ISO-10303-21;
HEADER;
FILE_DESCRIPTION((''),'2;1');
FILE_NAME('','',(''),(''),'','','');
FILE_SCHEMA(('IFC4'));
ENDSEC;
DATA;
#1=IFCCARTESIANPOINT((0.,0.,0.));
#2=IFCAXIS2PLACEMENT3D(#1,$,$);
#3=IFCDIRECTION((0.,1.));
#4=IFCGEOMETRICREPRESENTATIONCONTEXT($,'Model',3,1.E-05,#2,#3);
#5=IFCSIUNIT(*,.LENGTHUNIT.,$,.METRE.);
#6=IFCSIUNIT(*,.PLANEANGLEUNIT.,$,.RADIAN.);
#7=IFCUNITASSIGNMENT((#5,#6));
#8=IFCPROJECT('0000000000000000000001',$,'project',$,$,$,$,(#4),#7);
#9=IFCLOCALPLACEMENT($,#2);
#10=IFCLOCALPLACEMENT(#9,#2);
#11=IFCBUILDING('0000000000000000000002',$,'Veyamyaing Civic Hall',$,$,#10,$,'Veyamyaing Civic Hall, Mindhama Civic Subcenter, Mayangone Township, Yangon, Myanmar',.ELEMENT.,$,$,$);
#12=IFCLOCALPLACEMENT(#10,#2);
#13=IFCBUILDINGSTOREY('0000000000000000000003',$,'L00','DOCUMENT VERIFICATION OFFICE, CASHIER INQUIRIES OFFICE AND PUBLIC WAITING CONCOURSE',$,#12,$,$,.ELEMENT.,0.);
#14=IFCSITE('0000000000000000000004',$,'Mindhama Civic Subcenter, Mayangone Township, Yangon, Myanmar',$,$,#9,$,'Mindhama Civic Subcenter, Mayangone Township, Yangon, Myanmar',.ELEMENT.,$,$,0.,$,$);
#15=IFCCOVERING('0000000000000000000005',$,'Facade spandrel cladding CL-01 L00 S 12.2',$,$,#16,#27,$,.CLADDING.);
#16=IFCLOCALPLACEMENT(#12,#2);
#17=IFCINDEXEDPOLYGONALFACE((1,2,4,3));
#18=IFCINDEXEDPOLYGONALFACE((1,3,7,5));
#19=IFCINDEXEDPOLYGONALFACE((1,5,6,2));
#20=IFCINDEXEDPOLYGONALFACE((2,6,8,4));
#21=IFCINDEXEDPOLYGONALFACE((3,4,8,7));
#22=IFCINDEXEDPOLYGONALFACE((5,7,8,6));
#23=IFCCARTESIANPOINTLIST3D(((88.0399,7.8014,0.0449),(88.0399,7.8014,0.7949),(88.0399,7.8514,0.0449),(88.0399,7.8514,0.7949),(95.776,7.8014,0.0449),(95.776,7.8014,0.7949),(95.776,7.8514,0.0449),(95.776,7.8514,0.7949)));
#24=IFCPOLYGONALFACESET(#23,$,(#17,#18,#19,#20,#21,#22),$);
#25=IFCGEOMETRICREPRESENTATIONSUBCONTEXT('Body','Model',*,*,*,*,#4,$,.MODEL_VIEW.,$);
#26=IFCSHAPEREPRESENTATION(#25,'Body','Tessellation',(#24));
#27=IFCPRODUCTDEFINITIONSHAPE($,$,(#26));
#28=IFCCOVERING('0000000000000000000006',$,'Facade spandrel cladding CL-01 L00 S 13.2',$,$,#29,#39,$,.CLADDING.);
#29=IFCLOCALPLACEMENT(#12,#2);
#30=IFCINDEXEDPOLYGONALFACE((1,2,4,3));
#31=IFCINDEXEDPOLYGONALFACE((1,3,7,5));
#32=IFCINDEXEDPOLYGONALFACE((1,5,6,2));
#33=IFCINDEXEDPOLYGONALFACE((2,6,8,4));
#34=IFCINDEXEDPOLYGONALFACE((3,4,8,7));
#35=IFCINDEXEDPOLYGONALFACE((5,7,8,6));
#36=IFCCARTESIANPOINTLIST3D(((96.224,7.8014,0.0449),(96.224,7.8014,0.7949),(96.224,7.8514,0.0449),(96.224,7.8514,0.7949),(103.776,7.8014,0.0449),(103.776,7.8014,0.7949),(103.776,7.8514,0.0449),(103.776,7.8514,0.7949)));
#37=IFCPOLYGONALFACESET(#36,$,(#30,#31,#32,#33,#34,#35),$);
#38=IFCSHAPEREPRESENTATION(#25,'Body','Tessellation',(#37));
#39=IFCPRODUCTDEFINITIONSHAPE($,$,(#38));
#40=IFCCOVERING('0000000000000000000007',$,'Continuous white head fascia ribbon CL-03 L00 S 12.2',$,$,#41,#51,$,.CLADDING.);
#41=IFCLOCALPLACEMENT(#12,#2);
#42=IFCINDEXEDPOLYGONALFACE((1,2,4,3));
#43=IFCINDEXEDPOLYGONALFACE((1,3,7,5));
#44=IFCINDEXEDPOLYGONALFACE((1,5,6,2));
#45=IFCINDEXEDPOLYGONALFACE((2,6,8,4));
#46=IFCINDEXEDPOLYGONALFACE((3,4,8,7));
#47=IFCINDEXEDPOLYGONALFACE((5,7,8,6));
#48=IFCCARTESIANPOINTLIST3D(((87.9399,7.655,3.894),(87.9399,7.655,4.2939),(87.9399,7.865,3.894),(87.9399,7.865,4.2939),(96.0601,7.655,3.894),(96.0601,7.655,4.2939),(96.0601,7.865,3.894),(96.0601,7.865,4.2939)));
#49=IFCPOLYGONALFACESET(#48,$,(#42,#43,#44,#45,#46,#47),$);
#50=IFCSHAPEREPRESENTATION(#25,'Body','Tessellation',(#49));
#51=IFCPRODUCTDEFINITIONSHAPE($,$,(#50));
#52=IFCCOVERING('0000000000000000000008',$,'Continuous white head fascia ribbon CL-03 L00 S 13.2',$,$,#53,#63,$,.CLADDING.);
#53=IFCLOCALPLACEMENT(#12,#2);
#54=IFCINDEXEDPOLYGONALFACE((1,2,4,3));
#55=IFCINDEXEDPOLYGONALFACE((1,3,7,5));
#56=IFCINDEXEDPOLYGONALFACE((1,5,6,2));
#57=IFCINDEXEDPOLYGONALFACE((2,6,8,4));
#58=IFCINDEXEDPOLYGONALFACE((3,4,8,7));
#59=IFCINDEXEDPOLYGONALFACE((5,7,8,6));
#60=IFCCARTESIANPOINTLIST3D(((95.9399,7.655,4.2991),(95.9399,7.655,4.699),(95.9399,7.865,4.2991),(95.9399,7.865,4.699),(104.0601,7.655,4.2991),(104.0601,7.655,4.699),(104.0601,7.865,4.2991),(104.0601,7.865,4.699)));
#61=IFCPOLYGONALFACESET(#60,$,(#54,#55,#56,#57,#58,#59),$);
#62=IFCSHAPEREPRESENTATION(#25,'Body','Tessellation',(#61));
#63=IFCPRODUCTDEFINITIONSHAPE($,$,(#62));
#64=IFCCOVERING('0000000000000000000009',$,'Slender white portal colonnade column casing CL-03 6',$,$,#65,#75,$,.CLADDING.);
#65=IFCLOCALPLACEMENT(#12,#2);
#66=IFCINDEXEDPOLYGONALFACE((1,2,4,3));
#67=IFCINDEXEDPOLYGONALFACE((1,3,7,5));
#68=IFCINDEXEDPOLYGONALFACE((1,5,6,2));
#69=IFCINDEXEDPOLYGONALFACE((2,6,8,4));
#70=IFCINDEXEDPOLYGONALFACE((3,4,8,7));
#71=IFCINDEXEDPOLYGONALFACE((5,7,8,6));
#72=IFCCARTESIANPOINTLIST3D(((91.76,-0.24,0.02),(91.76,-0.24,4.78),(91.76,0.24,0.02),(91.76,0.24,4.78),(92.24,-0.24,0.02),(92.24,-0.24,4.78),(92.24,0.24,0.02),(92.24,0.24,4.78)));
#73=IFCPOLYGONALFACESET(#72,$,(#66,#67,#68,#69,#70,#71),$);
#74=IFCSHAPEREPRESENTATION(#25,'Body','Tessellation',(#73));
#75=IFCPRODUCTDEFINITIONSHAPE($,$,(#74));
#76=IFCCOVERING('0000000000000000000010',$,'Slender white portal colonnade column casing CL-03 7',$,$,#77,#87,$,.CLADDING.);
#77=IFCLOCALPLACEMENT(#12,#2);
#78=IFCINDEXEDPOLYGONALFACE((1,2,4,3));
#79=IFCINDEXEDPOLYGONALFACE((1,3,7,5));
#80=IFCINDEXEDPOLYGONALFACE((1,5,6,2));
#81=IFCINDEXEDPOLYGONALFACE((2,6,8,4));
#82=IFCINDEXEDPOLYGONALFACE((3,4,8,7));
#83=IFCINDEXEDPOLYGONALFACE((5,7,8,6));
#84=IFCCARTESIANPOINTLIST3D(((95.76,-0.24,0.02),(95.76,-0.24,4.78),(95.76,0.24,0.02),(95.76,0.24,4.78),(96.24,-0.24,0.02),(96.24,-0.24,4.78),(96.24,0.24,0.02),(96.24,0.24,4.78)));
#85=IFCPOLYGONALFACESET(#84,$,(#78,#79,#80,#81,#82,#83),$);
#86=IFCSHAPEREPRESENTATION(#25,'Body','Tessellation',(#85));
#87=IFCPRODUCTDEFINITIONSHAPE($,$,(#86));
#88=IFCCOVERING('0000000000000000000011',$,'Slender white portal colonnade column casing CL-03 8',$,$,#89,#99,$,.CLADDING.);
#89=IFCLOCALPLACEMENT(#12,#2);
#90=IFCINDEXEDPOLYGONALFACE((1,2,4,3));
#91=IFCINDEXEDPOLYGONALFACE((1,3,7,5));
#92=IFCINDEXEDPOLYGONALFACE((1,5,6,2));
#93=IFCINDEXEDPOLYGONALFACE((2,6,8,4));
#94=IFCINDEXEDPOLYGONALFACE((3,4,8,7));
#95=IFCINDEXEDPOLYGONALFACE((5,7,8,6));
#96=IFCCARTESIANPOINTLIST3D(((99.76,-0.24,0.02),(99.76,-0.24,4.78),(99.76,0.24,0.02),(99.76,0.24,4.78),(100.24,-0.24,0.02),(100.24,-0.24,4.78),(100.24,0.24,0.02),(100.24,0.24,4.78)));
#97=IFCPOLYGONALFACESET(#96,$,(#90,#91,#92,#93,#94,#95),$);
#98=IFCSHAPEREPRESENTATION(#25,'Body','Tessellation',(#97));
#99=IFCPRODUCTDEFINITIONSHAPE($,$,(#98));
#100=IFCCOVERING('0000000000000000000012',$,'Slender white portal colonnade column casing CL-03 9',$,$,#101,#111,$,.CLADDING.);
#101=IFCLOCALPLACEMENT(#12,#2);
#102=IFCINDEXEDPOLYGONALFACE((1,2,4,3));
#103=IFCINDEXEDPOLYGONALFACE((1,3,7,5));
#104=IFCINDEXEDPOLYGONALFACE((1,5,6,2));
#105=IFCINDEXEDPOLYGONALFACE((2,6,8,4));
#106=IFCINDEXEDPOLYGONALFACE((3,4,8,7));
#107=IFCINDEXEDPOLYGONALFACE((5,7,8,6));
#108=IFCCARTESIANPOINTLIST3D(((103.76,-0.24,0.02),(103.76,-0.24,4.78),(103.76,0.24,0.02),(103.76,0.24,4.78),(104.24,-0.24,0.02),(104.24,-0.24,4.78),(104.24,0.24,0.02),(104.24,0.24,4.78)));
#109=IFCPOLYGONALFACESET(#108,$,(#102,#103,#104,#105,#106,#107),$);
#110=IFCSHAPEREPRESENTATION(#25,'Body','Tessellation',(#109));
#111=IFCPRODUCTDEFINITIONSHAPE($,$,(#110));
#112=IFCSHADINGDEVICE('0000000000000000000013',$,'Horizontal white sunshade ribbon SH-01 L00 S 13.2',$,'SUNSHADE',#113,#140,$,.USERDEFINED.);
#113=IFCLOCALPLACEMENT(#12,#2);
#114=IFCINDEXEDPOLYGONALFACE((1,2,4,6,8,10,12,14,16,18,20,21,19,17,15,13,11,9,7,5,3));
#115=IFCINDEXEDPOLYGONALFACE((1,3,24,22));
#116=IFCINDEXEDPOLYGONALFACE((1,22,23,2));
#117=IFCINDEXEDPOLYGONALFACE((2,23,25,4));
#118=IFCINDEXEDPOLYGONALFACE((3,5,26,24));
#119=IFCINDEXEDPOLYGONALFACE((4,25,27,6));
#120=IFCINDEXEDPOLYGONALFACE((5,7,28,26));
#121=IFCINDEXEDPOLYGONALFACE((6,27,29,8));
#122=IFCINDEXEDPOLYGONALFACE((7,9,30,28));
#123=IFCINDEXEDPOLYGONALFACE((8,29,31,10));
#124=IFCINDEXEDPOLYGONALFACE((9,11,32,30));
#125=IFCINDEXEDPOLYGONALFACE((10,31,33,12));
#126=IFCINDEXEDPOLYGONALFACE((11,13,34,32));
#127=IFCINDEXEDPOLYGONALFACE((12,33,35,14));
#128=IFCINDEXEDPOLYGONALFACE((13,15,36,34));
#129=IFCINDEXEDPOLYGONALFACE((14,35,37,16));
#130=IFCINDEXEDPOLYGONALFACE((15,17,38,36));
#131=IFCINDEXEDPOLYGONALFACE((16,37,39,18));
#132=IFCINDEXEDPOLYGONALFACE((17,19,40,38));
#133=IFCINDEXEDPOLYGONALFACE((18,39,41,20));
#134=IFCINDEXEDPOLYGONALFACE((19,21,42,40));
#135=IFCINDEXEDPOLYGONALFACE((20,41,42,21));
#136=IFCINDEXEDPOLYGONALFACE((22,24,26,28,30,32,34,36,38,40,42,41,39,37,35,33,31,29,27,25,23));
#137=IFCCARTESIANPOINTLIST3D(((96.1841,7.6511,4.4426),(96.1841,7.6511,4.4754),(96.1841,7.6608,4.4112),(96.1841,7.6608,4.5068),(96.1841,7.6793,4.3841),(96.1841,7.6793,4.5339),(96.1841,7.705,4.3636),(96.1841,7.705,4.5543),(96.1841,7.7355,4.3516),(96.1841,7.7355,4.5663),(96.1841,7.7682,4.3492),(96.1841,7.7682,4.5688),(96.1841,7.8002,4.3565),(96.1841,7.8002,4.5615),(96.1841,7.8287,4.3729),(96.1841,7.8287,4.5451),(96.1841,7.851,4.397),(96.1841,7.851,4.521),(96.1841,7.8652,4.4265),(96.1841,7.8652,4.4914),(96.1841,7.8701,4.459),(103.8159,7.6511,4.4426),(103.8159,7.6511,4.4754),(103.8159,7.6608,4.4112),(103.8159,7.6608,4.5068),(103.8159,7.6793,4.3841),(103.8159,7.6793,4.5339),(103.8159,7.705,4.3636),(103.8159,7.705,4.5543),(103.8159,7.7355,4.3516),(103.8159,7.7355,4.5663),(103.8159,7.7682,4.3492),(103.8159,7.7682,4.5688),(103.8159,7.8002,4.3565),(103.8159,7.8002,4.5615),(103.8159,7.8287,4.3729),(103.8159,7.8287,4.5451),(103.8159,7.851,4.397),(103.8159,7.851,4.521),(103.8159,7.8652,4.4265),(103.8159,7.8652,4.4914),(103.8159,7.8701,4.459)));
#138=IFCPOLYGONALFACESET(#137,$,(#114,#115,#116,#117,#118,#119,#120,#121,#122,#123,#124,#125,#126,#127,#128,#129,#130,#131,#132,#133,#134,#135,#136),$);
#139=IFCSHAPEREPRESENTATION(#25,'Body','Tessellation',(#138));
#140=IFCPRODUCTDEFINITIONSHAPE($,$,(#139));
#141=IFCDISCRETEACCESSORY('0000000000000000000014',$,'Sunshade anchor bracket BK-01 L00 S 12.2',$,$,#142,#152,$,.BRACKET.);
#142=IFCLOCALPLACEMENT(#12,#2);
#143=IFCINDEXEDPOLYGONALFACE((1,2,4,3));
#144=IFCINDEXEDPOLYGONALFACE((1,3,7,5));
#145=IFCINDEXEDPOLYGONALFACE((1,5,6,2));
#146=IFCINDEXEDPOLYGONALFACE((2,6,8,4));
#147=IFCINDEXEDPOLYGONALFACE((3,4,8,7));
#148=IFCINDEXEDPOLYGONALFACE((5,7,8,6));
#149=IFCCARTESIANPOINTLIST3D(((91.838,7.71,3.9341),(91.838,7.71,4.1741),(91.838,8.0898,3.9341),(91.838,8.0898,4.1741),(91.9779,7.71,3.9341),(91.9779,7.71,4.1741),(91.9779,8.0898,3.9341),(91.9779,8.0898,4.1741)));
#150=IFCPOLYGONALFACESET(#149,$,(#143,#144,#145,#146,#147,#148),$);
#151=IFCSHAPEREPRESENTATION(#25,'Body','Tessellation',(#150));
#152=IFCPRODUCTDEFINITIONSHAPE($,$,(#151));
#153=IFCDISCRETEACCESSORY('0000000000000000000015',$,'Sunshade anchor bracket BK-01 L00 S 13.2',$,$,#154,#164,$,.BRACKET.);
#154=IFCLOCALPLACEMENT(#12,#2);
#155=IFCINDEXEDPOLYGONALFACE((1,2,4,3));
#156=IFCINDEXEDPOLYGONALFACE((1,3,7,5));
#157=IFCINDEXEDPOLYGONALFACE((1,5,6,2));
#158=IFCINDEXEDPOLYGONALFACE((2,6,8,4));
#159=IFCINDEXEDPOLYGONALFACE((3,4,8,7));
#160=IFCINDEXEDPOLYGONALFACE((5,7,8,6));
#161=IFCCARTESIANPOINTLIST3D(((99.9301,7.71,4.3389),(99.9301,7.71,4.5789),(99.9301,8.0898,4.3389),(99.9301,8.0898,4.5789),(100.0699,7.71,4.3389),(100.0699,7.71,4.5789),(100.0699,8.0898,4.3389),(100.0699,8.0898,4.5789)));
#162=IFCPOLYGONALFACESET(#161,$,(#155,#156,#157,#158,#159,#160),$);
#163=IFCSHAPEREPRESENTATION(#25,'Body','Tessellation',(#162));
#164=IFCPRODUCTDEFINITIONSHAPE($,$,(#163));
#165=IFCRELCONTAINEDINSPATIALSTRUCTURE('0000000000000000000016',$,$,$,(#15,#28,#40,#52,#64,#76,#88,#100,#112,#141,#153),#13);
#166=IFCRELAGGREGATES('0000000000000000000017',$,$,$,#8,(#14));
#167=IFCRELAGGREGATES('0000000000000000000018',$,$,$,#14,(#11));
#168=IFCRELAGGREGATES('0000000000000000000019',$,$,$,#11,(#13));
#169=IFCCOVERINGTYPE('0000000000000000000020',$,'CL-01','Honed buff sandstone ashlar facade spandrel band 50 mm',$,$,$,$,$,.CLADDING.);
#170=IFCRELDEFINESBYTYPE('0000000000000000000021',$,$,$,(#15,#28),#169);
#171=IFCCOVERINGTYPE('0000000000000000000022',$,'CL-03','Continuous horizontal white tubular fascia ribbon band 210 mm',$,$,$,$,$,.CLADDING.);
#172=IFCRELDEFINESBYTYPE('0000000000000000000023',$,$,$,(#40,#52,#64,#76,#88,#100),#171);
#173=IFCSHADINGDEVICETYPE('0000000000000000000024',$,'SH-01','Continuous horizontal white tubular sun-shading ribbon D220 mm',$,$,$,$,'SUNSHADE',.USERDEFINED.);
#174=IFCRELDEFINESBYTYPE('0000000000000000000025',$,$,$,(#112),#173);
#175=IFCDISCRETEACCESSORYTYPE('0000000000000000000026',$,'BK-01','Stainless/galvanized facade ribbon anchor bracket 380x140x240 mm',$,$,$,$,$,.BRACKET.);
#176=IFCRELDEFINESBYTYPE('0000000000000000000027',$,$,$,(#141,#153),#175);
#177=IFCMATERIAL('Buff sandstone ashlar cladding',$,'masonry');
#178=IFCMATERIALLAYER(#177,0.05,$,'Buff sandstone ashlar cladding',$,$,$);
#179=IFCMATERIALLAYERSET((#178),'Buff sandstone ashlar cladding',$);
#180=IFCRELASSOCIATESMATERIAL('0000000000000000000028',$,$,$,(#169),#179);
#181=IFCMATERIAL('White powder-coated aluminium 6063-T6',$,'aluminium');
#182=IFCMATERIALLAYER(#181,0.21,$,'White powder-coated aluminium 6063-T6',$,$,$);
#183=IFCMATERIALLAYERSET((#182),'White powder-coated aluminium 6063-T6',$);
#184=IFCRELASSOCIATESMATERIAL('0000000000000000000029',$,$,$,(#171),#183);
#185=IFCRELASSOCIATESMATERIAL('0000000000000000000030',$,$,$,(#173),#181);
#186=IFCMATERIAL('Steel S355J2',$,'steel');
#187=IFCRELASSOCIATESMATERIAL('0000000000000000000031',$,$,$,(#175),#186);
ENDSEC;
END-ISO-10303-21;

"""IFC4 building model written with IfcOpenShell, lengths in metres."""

from ifc_helpers import new_model, si_unit, direction, frame, origin, origin_2d, place, context, subcontext, project, spatial, rectangle, circle, extrude, material, layer, layer_set, material_profile, profile_set, type_object, element, save


model = new_model("IFC4")

# Units and contexts
model_context = context("Model", 3, precision=1e-05, world=origin(), true_north=direction((0.0, 1.0)))
body_context = subcontext(model_context, "Body", "Model", "MODEL_VIEW")
ifc_project = project(units=[si_unit("LENGTHUNIT", "METRE"), si_unit("PLANEANGLEUNIT", "RADIAN")], contexts=[model_context])

# Site, building, storey
site_placement = place(None, origin())
site = spatial("IfcSite", under=ifc_project, at=site_placement, Name="Mindhama Civic Subcenter, Mayangone Township, Yangon, Myanmar", LongName="Mindhama Civic Subcenter, Mayangone Township, Yangon, Myanmar", CompositionType="ELEMENT", RefElevation=0.0)
building_placement = place(site_placement, origin())
building = spatial("IfcBuilding", under=site, at=building_placement, Name="Veyamyaing Civic Hall", LongName="Veyamyaing Civic Hall, Mindhama Civic Subcenter, Mayangone Township, Yangon, Myanmar", CompositionType="ELEMENT")
storey_placement = place(building_placement, origin())
storey = spatial("IfcBuildingStorey", under=building, at=storey_placement, Name="L00", Description="DOCUMENT VERIFICATION OFFICE, CASHIER INQUIRIES OFFICE AND PUBLIC WAITING CONCOURSE", CompositionType="ELEMENT", Elevation=0.0)

# Shared definitions
ifc_material_1 = material(Name="Steel S355J2", Category="steel")

# Coverings
ifc_material_2 = material(Name="Buff sandstone ashlar cladding", Category="masonry")
ifc_layer_1 = layer(ifc_material_2, 0.05, Name="Buff sandstone ashlar cladding")
ifc_layer_set_1 = layer_set([ifc_layer_1], Name="Buff sandstone ashlar cladding")
covering_type_1 = type_object("IfcCoveringType", Name="CL-01", Description="Honed buff sandstone ashlar facade spandrel band 50 mm", PredefinedType="CLADDING", material=ifc_layer_set_1)
covering_1_placement = place(storey_placement, frame((91.908, 7.8264, 0.0449), z_axis=(0.0, 0.0, 1.0), x_axis=(1.0, 0.0, 0.0)))
element("IfcCovering", 1, at=covering_1_placement, inside=storey, type_object=covering_type_1, Name="Facade spandrel cladding CL-01 L00 S 12.2", PredefinedType="CLADDING", context=body_context, shape_type="SweptSolid", body=[
    extrude(rectangle(XDim=7.7361, YDim=0.05, at=origin_2d()), origin(), (0.0, 0.0, 1.0), 0.75),
])
covering_2_placement = place(storey_placement, frame((100.0, 7.8264, 0.0449), z_axis=(0.0, 0.0, 1.0), x_axis=(1.0, 0.0, 0.0)))
element("IfcCovering", 2, at=covering_2_placement, inside=storey, type_object=covering_type_1, Name="Facade spandrel cladding CL-01 L00 S 13.2", PredefinedType="CLADDING", context=body_context, shape_type="SweptSolid", body=[
    extrude(rectangle(XDim=7.552, YDim=0.05, at=origin_2d()), origin(), (0.0, 0.0, 1.0), 0.75),
])
ifc_material_3 = material(Name="White powder-coated aluminium 6063-T6", Category="aluminium")
ifc_layer_2 = layer(ifc_material_3, 0.21, Name="White powder-coated aluminium 6063-T6")
ifc_layer_set_2 = layer_set([ifc_layer_2], Name="White powder-coated aluminium 6063-T6")
covering_type_2 = type_object("IfcCoveringType", Name="CL-03", Description="Continuous horizontal white tubular fascia ribbon band 210 mm", PredefinedType="CLADDING", material=ifc_layer_set_2)
for number, where, z_axis, x_axis, name in (
    (3, (92.0, 7.76, 3.894), (0.0, 0.0, 1.0), (1.0, 0.0, 0.0), "Continuous white head fascia ribbon CL-03 L00 S 12.2"),
    (4, (100.0, 7.76, 4.2991), (0.0, 0.0, 1.0), (1.0, 0.0, 0.0), "Continuous white head fascia ribbon CL-03 L00 S 13.2"),
):
    element("IfcCovering", number, at=place(storey_placement, frame(where, z_axis=z_axis, x_axis=x_axis)), inside=storey, type_object=covering_type_2, Name=name, PredefinedType="CLADDING", context=body_context, shape_type="SweptSolid", body=[
        extrude(rectangle(XDim=8.1201, YDim=0.21, at=origin_2d()), origin(), (0.0, 0.0, 1.0), 0.3999),
    ])
for number, where, z_axis, x_axis, name in (
    (5, (92.0, 0.0, 0.02), (0.0, 0.0, 1.0), (1.0, 0.0, 0.0), "Slender white portal colonnade column casing CL-03 6"),
    (6, (96.0, 0.0, 0.02), (0.0, 0.0, 1.0), (1.0, 0.0, 0.0), "Slender white portal colonnade column casing CL-03 7"),
    (7, (100.0, 0.0, 0.02), (0.0, 0.0, 1.0), (1.0, 0.0, 0.0), "Slender white portal colonnade column casing CL-03 8"),
    (8, (104.0, 0.0, 0.02), (0.0, 0.0, 1.0), (1.0, 0.0, 0.0), "Slender white portal colonnade column casing CL-03 9"),
):
    element("IfcCovering", number, at=place(storey_placement, frame(where, z_axis=z_axis, x_axis=x_axis)), inside=storey, type_object=covering_type_2, Name=name, PredefinedType="CLADDING", context=body_context, shape_type="SweptSolid", body=[
        extrude(rectangle(XDim=0.48, YDim=0.48, at=origin_2d()), origin(), (0.0, 0.0, 1.0), 4.76),
    ])

# Shading device
ifc_material_profile_1 = material_profile(ifc_material_3, circle(Radius=0.1101, at=origin_2d()), Name="SHADE-TUBE-220")
ifc_profile_set_1 = profile_set([ifc_material_profile_1], Name="White powder-coated aluminium 6063-T6")
shading_device_type = type_object("IfcShadingDeviceType", Name="SH-01", Description="Continuous horizontal white tubular sun-shading ribbon D220 mm", ElementType="SUNSHADE", PredefinedType="USERDEFINED", material=ifc_profile_set_1)
shading_device_placement = place(storey_placement, frame((96.1841, 7.76, 4.459), z_axis=(1.0, 0.0, 0.0), x_axis=(0.0, 1.0, 0.0)))
element("IfcShadingDevice", 9, at=shading_device_placement, inside=storey, type_object=shading_device_type, Name="Horizontal white sunshade ribbon SH-01 L00 S 13.2", ObjectType="SUNSHADE", PredefinedType="USERDEFINED", context=body_context, shape_type="SweptSolid", body=[
    extrude(circle(Radius=0.1101, at=origin_2d()), origin(), (0.0, 0.0, 1.0), 7.6318),
])

# Discrete accessories
discrete_accessory_type = type_object("IfcDiscreteAccessoryType", Name="BK-01", Description="Stainless/galvanized facade ribbon anchor bracket 380x140x240 mm", PredefinedType="BRACKET", material=ifc_material_1)
for number, where, z_axis, x_axis, name in (
    (10, (91.908, 7.8999, 3.9341), (0.0, 0.0, 1.0), (0.0, -1.0, 0.0), "Sunshade anchor bracket BK-01 L00 S 12.2"),
    (11, (100.0, 7.8999, 4.3389), (0.0, 0.0, 1.0), (0.0, -1.0, 0.0), "Sunshade anchor bracket BK-01 L00 S 13.2"),
):
    element("IfcDiscreteAccessory", number, at=place(storey_placement, frame(where, z_axis=z_axis, x_axis=x_axis)), inside=storey, type_object=discrete_accessory_type, Name=name, PredefinedType="BRACKET", context=body_context, shape_type="SweptSolid", body=[
        extrude(rectangle(XDim=0.3799, YDim=0.1399, at=origin_2d()), origin(), (0.0, 0.0, 1.0), 0.24),
    ])

save(model, "model.ifc")
